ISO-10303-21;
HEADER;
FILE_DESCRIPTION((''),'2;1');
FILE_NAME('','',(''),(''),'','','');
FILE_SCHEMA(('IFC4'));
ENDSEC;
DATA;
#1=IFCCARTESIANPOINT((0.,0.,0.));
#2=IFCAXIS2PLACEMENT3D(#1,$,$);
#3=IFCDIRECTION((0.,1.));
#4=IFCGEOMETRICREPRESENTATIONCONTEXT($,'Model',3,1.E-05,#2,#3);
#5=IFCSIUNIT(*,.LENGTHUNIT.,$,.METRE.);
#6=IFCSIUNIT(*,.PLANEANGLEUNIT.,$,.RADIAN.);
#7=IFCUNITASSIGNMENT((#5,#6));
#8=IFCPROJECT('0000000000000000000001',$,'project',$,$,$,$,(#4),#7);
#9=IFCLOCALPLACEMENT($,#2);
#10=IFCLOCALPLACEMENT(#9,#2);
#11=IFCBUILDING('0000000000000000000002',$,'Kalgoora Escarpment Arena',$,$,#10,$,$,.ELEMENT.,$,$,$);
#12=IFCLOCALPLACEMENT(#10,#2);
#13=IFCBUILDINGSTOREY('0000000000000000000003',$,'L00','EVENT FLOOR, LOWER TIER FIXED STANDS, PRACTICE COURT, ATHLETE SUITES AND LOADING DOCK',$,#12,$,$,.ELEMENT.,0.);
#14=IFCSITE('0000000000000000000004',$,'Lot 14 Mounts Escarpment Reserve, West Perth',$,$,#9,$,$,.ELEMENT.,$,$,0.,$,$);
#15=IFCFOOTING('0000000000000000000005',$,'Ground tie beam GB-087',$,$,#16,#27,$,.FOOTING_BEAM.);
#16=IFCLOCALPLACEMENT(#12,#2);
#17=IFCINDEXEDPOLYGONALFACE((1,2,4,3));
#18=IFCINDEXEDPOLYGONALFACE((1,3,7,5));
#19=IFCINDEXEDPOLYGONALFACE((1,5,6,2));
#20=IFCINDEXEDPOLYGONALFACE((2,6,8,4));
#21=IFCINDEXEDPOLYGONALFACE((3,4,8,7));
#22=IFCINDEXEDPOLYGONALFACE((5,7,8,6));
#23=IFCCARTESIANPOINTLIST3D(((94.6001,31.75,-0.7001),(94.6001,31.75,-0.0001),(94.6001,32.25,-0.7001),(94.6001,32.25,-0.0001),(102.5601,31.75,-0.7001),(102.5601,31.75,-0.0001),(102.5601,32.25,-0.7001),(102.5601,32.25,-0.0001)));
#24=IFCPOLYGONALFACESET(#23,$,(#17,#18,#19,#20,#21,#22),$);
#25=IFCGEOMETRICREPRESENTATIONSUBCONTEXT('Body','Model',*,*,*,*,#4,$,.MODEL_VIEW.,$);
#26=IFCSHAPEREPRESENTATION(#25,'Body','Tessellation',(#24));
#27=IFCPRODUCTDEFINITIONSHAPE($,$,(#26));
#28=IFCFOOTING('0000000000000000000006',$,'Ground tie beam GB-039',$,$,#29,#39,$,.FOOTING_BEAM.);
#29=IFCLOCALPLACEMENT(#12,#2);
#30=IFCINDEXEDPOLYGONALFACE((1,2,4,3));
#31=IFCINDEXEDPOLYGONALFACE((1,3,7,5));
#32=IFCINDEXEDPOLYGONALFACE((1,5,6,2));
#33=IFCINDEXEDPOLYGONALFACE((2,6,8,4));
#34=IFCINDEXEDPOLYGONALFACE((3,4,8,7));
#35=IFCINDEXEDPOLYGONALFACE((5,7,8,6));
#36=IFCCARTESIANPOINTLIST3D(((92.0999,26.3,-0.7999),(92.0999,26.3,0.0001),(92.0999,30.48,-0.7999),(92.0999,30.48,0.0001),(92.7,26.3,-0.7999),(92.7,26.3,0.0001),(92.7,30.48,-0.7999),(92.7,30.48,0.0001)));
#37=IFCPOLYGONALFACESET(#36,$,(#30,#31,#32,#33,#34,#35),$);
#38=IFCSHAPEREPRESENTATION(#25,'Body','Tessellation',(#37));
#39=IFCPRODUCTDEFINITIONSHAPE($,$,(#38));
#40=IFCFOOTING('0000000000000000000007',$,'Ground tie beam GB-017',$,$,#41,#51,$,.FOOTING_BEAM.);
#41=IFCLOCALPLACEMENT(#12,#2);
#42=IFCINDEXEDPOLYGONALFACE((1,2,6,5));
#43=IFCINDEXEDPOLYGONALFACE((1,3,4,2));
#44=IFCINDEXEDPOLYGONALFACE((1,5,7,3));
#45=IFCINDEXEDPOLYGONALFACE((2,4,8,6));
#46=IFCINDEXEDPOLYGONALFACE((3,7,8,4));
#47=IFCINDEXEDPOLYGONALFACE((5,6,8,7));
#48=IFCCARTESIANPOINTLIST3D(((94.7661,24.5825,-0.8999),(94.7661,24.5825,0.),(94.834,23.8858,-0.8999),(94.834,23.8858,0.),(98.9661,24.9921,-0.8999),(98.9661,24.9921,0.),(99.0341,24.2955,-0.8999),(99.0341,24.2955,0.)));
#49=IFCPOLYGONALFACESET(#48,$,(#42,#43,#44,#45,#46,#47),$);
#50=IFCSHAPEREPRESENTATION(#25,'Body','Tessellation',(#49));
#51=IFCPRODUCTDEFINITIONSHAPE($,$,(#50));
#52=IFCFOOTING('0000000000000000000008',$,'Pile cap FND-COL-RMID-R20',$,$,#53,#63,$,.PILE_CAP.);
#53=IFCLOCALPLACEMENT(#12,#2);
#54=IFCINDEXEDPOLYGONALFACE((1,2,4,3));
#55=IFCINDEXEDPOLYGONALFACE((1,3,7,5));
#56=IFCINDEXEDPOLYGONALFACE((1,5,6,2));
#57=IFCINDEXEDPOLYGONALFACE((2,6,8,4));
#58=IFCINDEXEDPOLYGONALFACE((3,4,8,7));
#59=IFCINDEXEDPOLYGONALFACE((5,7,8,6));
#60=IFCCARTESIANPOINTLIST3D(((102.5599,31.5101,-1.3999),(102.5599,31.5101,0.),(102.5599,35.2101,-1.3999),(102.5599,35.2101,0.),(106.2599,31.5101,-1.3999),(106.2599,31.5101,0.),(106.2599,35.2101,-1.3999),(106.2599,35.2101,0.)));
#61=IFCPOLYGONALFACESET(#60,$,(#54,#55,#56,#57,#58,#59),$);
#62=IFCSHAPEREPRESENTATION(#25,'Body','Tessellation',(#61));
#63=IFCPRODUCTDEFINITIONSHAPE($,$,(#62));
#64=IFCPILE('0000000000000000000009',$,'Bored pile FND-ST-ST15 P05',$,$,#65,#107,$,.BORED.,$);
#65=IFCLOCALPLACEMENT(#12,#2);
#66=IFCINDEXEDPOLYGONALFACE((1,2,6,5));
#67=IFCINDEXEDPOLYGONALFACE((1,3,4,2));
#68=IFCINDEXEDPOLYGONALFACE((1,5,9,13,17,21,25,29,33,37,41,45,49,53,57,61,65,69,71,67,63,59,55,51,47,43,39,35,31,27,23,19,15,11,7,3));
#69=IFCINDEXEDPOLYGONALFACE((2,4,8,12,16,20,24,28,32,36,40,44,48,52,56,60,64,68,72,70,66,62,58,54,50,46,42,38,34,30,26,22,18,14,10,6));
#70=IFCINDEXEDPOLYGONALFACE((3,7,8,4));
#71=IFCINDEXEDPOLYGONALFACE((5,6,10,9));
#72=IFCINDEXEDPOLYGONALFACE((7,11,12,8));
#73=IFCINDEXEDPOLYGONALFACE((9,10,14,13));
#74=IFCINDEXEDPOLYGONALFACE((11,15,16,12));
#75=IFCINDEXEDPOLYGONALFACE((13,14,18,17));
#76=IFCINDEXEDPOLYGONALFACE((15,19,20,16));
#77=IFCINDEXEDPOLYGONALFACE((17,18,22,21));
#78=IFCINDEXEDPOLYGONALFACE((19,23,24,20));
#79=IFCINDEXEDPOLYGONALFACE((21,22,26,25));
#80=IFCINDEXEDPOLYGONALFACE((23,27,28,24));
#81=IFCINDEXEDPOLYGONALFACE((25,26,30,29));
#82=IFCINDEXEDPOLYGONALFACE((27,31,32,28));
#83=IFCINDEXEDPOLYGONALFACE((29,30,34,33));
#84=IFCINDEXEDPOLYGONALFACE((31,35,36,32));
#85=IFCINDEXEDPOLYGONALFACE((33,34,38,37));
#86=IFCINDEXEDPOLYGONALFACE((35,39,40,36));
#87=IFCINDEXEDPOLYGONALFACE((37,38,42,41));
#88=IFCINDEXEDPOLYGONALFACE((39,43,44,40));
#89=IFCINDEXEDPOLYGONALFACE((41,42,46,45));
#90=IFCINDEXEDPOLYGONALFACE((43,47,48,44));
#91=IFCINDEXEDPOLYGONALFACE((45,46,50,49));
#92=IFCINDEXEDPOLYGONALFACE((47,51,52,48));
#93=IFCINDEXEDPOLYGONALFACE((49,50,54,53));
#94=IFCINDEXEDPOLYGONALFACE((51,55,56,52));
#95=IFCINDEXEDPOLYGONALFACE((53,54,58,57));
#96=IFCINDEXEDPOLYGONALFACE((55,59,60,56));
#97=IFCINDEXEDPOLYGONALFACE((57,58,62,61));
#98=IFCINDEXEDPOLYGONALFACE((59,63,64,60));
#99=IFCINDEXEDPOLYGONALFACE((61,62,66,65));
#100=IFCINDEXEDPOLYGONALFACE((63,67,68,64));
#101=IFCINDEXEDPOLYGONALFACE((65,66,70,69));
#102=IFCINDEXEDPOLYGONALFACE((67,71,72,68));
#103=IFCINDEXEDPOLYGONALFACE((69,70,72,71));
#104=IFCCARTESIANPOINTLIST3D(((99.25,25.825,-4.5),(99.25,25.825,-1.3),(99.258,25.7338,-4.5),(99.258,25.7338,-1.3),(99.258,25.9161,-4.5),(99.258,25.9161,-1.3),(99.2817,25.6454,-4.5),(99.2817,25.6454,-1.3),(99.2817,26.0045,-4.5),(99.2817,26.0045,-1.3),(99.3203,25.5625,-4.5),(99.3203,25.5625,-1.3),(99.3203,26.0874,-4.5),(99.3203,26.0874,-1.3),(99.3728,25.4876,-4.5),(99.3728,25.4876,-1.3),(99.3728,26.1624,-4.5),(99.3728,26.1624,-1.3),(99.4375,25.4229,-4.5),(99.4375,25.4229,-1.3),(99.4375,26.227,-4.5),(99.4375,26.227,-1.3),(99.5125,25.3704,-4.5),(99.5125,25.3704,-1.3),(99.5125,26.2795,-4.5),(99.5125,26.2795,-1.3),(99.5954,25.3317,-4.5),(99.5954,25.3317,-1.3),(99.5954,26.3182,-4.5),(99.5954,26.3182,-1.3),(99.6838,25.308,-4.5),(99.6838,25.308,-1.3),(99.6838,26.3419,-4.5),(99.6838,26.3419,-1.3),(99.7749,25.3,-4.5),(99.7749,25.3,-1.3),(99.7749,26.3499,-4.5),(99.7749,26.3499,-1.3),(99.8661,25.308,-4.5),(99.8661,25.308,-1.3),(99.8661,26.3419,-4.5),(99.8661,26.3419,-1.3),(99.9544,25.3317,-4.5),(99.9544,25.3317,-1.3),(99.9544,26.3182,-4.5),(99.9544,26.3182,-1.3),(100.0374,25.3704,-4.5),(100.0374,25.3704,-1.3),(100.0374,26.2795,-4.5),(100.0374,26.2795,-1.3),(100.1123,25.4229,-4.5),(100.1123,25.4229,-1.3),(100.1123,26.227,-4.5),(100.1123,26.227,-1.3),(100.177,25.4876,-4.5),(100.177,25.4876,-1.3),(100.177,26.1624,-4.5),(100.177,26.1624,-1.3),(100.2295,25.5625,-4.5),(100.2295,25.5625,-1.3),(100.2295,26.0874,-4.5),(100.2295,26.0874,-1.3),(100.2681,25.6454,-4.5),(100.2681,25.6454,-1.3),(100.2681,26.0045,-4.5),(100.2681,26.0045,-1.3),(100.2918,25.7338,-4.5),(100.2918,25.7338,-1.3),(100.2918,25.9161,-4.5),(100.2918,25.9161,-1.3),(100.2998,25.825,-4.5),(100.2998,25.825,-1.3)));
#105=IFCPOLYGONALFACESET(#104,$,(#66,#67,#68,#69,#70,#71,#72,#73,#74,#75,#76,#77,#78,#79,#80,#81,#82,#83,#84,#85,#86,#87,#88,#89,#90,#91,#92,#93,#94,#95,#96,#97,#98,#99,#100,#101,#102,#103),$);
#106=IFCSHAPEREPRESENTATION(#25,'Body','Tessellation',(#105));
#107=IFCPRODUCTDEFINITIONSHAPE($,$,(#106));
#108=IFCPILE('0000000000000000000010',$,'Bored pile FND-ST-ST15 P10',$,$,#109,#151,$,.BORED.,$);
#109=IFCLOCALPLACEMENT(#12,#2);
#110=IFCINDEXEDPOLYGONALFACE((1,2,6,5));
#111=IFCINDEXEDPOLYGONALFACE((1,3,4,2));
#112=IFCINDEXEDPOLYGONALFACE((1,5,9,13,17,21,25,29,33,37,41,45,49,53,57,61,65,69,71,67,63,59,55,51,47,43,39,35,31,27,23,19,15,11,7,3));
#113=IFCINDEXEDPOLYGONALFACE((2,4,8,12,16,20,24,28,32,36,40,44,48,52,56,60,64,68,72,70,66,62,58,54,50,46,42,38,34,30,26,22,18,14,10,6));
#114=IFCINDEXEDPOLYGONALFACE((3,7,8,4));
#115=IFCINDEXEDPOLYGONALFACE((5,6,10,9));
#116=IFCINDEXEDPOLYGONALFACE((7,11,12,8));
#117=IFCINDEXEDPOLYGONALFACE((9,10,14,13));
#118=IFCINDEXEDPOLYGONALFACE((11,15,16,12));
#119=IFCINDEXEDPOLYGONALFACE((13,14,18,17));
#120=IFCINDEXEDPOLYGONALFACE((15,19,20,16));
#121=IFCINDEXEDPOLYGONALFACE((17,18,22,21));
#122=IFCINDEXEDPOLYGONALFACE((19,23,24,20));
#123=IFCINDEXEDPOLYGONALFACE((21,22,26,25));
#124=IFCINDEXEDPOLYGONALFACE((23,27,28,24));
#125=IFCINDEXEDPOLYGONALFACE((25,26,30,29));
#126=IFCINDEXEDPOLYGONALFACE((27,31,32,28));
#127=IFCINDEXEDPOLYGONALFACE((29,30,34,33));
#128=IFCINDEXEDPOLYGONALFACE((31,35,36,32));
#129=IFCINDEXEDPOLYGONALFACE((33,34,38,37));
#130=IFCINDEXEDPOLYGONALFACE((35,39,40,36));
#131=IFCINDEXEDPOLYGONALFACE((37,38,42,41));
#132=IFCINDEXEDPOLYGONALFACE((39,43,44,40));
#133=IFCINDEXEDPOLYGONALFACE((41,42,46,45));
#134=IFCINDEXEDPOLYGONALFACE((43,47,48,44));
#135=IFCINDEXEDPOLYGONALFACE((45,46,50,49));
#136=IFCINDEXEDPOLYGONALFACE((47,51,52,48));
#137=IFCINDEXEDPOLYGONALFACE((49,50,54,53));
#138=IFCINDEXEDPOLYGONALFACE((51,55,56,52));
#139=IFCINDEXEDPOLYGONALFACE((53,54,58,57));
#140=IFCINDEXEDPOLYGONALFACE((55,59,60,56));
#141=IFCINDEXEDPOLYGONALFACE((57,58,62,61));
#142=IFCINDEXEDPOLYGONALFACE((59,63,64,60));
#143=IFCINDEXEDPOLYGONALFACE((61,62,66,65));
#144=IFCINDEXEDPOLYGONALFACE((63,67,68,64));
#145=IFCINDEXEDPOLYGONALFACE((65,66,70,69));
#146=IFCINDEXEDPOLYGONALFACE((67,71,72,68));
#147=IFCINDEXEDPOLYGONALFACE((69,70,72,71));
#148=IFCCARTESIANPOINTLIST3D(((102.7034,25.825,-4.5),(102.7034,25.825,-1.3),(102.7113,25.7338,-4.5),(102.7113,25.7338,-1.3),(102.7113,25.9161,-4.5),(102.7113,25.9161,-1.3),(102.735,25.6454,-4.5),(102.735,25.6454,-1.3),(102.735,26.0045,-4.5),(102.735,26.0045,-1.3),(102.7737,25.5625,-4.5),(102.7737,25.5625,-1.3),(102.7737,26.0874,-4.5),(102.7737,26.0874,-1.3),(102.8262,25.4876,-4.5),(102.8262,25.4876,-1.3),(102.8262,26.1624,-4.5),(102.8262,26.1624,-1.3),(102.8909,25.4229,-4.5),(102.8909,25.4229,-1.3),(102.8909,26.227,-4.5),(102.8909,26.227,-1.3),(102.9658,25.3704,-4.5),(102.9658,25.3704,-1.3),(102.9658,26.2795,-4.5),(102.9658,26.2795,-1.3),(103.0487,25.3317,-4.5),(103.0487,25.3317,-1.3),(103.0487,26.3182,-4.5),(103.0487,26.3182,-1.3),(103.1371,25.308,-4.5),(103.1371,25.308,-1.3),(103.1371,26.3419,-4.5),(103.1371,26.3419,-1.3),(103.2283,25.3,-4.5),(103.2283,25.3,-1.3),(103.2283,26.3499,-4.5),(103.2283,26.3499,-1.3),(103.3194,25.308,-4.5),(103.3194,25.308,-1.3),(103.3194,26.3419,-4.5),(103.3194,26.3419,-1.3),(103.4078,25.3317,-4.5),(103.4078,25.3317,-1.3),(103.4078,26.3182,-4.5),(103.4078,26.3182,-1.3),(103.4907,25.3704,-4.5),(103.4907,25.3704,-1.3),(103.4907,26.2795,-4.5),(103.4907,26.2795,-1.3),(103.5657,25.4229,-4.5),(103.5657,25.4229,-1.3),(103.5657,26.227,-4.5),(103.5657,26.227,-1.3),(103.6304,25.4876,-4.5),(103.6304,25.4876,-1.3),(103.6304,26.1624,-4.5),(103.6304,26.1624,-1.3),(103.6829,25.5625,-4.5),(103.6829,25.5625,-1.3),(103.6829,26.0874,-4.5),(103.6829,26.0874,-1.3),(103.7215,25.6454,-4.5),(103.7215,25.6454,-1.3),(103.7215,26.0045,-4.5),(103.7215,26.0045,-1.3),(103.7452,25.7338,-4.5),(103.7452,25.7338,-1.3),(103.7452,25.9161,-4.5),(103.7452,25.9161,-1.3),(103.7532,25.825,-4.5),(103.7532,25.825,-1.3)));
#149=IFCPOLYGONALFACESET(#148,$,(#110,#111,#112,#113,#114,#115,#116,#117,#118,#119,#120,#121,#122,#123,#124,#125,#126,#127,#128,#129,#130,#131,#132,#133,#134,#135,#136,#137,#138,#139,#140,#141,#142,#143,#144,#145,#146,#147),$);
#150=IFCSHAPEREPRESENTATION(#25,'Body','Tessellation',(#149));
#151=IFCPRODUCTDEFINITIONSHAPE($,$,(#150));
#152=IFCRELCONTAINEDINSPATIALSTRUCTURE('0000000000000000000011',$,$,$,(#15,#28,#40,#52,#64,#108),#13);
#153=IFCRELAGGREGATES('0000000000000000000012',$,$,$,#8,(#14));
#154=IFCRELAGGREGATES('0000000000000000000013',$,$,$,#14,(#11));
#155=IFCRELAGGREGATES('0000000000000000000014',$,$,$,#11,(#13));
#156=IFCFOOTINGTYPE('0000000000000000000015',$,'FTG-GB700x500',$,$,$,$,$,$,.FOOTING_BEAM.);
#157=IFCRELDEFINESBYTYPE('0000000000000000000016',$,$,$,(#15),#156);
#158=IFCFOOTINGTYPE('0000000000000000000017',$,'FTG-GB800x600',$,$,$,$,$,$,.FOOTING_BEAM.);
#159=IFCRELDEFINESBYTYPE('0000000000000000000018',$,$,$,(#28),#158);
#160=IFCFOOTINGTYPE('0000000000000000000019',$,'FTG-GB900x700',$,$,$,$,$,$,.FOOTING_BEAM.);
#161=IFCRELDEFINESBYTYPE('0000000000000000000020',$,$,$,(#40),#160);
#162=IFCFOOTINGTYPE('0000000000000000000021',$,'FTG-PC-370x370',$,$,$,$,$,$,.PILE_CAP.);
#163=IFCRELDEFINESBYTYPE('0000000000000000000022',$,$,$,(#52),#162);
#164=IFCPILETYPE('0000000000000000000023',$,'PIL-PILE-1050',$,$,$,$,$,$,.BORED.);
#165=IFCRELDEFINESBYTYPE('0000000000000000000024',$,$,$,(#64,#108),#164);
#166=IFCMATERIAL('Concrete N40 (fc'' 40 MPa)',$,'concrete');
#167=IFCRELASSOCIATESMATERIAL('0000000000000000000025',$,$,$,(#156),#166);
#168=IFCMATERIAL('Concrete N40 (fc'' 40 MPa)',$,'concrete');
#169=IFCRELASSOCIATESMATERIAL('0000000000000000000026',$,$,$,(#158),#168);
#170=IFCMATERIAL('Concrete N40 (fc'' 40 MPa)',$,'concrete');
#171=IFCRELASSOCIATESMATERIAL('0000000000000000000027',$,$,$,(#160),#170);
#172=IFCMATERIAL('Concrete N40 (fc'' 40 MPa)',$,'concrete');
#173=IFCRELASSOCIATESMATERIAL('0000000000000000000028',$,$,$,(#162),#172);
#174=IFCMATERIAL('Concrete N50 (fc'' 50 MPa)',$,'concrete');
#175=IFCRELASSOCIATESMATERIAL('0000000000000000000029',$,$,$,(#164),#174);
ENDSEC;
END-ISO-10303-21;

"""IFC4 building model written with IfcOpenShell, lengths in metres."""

from ifc_helpers import new_model, si_unit, direction, frame, origin, origin_2d, place, context, subcontext, project, spatial, rectangle, circle, extrude, material, material_profile, profile_set, type_object, element, save


model = new_model("IFC4")

# Units and contexts
model_context = context("Model", 3, precision=1e-05, world=origin(), true_north=direction((0.0, 1.0)))
body_context = subcontext(model_context, "Body", "Model", "MODEL_VIEW")
ifc_project = project(units=[si_unit("LENGTHUNIT", "METRE"), si_unit("PLANEANGLEUNIT", "RADIAN")], contexts=[model_context])

# Site, building, storey
site_placement = place(None, origin())
site = spatial("IfcSite", under=ifc_project, at=site_placement, Name="Lot 14 Mounts Escarpment Reserve, West Perth", CompositionType="ELEMENT", RefElevation=0.0)
building_placement = place(site_placement, origin())
building = spatial("IfcBuilding", under=site, at=building_placement, Name="Kalgoora Escarpment Arena", CompositionType="ELEMENT")
storey_placement = place(building_placement, origin())
storey = spatial("IfcBuildingStorey", under=building, at=storey_placement, Name="L00", Description="EVENT FLOOR, LOWER TIER FIXED STANDS, PRACTICE COURT, ATHLETE SUITES AND LOADING DOCK", CompositionType="ELEMENT", Elevation=0.0)

# Footings
ifc_material_1 = material(Name="Concrete N40 (fc' 40 MPa)", Category="concrete")
ifc_material_profile_1 = material_profile(ifc_material_1, rectangle(XDim=0.5, YDim=0.7, at=origin_2d()))
ifc_profile_set_1 = profile_set([ifc_material_profile_1], Name="Concrete N40 (fc' 40 MPa)")
footing_type_1 = type_object("IfcFootingType", Name="FTG-GB700x500", PredefinedType="FOOTING_BEAM", material=ifc_profile_set_1)
footing_1_placement = place(storey_placement, frame((94.6001, 32.0, -0.3501), z_axis=(1.0, 0.0, 0.0), x_axis=(0.0, 1.0, 0.0)))
element("IfcFooting", 1, at=footing_1_placement, inside=storey, type_object=footing_type_1, Name="Ground tie beam GB-087", PredefinedType="FOOTING_BEAM", context=body_context, shape_type="SweptSolid", body=[
    extrude(rectangle(XDim=0.5, YDim=0.7, at=origin_2d()), origin(), (0.0, 0.0, 1.0), 7.96),
])
ifc_material_2 = material(Name="Concrete N40 (fc' 40 MPa)", Category="concrete")
ifc_material_profile_2 = material_profile(ifc_material_2, rectangle(XDim=0.6001, YDim=0.8, at=origin_2d()))
ifc_profile_set_2 = profile_set([ifc_material_profile_2], Name="Concrete N40 (fc' 40 MPa)")
footing_type_2 = type_object("IfcFootingType", Name="FTG-GB800x600", PredefinedType="FOOTING_BEAM", material=ifc_profile_set_2)
footing_2_placement = place(storey_placement, frame((92.3999, 26.3, -0.3999), z_axis=(0.0, 1.0, 0.0), x_axis=(-1.0, 0.0, 0.0)))
element("IfcFooting", 2, at=footing_2_placement, inside=storey, type_object=footing_type_2, Name="Ground tie beam GB-039", PredefinedType="FOOTING_BEAM", context=body_context, shape_type="SweptSolid", body=[
    extrude(rectangle(XDim=0.6001, YDim=0.8, at=origin_2d()), origin(), (0.0, 0.0, 1.0), 4.1799),
])
ifc_material_3 = material(Name="Concrete N40 (fc' 40 MPa)", Category="concrete")
ifc_material_profile_3 = material_profile(ifc_material_3, rectangle(XDim=0.7, YDim=0.8999, at=origin_2d()))
ifc_profile_set_3 = profile_set([ifc_material_profile_3], Name="Concrete N40 (fc' 40 MPa)")
footing_type_3 = type_object("IfcFootingType", Name="FTG-GB900x700", PredefinedType="FOOTING_BEAM", material=ifc_profile_set_3)
footing_3_placement = place(storey_placement, frame((94.8, 24.2341, -0.45), z_axis=(0.995277, 0.09708, 0.0), x_axis=(-0.09708, 0.995277, 0.0)))
element("IfcFooting", 3, at=footing_3_placement, inside=storey, type_object=footing_type_3, Name="Ground tie beam GB-017", PredefinedType="FOOTING_BEAM", context=body_context, shape_type="SweptSolid", body=[
    extrude(rectangle(XDim=0.7, YDim=0.8999, at=origin_2d()), origin(), (0.0, 0.0, 1.0), 4.22),
])
ifc_material_4 = material(Name="Concrete N40 (fc' 40 MPa)", Category="concrete")
footing_type_4 = type_object("IfcFootingType", Name="FTG-PC-370x370", PredefinedType="PILE_CAP", material=ifc_material_4)
footing_4_placement = place(storey_placement, frame((104.4099, 33.3601, -1.3999), z_axis=(0.0, 0.0, 1.0), x_axis=(1.0, 0.0, 0.0)))
element("IfcFooting", 4, at=footing_4_placement, inside=storey, type_object=footing_type_4, Name="Pile cap FND-COL-RMID-R20", PredefinedType="PILE_CAP", context=body_context, shape_type="SweptSolid", body=[
    extrude(rectangle(XDim=3.7, YDim=3.7, at=origin_2d()), origin(), (0.0, 0.0, 1.0), 1.3999),
])

# Piles
ifc_material_5 = material(Name="Concrete N50 (fc' 50 MPa)", Category="concrete")
ifc_material_profile_4 = material_profile(ifc_material_5, circle(Radius=0.5249, at=origin_2d()))
ifc_profile_set_4 = profile_set([ifc_material_profile_4], Name="Concrete N50 (fc' 50 MPa)")
pile_type_1 = type_object("IfcPileType", Name="PIL-PILE-1050", PredefinedType="BORED", material=ifc_profile_set_4)
for number, where, z_axis, x_axis, name in (
    (5, (99.7749, 25.825, -1.3), (0.0, 0.0, -1.0), (1.0, 0.0, 0.0), "Bored pile FND-ST-ST15 P05"),
    (6, (103.2283, 25.825, -1.3), (0.0, 0.0, -1.0), (1.0, 0.0, 0.0), "Bored pile FND-ST-ST15 P10"),
):
    element("IfcPile", number, at=place(storey_placement, frame(where, z_axis=z_axis, x_axis=x_axis)), inside=storey, type_object=pile_type_1, Name=name, PredefinedType="BORED", context=body_context, shape_type="SweptSolid", body=[
        extrude(circle(Radius=0.5249, at=origin_2d()), origin(), (0.0, 0.0, 1.0), 3.2),
    ])

save(model, "model.ifc")
